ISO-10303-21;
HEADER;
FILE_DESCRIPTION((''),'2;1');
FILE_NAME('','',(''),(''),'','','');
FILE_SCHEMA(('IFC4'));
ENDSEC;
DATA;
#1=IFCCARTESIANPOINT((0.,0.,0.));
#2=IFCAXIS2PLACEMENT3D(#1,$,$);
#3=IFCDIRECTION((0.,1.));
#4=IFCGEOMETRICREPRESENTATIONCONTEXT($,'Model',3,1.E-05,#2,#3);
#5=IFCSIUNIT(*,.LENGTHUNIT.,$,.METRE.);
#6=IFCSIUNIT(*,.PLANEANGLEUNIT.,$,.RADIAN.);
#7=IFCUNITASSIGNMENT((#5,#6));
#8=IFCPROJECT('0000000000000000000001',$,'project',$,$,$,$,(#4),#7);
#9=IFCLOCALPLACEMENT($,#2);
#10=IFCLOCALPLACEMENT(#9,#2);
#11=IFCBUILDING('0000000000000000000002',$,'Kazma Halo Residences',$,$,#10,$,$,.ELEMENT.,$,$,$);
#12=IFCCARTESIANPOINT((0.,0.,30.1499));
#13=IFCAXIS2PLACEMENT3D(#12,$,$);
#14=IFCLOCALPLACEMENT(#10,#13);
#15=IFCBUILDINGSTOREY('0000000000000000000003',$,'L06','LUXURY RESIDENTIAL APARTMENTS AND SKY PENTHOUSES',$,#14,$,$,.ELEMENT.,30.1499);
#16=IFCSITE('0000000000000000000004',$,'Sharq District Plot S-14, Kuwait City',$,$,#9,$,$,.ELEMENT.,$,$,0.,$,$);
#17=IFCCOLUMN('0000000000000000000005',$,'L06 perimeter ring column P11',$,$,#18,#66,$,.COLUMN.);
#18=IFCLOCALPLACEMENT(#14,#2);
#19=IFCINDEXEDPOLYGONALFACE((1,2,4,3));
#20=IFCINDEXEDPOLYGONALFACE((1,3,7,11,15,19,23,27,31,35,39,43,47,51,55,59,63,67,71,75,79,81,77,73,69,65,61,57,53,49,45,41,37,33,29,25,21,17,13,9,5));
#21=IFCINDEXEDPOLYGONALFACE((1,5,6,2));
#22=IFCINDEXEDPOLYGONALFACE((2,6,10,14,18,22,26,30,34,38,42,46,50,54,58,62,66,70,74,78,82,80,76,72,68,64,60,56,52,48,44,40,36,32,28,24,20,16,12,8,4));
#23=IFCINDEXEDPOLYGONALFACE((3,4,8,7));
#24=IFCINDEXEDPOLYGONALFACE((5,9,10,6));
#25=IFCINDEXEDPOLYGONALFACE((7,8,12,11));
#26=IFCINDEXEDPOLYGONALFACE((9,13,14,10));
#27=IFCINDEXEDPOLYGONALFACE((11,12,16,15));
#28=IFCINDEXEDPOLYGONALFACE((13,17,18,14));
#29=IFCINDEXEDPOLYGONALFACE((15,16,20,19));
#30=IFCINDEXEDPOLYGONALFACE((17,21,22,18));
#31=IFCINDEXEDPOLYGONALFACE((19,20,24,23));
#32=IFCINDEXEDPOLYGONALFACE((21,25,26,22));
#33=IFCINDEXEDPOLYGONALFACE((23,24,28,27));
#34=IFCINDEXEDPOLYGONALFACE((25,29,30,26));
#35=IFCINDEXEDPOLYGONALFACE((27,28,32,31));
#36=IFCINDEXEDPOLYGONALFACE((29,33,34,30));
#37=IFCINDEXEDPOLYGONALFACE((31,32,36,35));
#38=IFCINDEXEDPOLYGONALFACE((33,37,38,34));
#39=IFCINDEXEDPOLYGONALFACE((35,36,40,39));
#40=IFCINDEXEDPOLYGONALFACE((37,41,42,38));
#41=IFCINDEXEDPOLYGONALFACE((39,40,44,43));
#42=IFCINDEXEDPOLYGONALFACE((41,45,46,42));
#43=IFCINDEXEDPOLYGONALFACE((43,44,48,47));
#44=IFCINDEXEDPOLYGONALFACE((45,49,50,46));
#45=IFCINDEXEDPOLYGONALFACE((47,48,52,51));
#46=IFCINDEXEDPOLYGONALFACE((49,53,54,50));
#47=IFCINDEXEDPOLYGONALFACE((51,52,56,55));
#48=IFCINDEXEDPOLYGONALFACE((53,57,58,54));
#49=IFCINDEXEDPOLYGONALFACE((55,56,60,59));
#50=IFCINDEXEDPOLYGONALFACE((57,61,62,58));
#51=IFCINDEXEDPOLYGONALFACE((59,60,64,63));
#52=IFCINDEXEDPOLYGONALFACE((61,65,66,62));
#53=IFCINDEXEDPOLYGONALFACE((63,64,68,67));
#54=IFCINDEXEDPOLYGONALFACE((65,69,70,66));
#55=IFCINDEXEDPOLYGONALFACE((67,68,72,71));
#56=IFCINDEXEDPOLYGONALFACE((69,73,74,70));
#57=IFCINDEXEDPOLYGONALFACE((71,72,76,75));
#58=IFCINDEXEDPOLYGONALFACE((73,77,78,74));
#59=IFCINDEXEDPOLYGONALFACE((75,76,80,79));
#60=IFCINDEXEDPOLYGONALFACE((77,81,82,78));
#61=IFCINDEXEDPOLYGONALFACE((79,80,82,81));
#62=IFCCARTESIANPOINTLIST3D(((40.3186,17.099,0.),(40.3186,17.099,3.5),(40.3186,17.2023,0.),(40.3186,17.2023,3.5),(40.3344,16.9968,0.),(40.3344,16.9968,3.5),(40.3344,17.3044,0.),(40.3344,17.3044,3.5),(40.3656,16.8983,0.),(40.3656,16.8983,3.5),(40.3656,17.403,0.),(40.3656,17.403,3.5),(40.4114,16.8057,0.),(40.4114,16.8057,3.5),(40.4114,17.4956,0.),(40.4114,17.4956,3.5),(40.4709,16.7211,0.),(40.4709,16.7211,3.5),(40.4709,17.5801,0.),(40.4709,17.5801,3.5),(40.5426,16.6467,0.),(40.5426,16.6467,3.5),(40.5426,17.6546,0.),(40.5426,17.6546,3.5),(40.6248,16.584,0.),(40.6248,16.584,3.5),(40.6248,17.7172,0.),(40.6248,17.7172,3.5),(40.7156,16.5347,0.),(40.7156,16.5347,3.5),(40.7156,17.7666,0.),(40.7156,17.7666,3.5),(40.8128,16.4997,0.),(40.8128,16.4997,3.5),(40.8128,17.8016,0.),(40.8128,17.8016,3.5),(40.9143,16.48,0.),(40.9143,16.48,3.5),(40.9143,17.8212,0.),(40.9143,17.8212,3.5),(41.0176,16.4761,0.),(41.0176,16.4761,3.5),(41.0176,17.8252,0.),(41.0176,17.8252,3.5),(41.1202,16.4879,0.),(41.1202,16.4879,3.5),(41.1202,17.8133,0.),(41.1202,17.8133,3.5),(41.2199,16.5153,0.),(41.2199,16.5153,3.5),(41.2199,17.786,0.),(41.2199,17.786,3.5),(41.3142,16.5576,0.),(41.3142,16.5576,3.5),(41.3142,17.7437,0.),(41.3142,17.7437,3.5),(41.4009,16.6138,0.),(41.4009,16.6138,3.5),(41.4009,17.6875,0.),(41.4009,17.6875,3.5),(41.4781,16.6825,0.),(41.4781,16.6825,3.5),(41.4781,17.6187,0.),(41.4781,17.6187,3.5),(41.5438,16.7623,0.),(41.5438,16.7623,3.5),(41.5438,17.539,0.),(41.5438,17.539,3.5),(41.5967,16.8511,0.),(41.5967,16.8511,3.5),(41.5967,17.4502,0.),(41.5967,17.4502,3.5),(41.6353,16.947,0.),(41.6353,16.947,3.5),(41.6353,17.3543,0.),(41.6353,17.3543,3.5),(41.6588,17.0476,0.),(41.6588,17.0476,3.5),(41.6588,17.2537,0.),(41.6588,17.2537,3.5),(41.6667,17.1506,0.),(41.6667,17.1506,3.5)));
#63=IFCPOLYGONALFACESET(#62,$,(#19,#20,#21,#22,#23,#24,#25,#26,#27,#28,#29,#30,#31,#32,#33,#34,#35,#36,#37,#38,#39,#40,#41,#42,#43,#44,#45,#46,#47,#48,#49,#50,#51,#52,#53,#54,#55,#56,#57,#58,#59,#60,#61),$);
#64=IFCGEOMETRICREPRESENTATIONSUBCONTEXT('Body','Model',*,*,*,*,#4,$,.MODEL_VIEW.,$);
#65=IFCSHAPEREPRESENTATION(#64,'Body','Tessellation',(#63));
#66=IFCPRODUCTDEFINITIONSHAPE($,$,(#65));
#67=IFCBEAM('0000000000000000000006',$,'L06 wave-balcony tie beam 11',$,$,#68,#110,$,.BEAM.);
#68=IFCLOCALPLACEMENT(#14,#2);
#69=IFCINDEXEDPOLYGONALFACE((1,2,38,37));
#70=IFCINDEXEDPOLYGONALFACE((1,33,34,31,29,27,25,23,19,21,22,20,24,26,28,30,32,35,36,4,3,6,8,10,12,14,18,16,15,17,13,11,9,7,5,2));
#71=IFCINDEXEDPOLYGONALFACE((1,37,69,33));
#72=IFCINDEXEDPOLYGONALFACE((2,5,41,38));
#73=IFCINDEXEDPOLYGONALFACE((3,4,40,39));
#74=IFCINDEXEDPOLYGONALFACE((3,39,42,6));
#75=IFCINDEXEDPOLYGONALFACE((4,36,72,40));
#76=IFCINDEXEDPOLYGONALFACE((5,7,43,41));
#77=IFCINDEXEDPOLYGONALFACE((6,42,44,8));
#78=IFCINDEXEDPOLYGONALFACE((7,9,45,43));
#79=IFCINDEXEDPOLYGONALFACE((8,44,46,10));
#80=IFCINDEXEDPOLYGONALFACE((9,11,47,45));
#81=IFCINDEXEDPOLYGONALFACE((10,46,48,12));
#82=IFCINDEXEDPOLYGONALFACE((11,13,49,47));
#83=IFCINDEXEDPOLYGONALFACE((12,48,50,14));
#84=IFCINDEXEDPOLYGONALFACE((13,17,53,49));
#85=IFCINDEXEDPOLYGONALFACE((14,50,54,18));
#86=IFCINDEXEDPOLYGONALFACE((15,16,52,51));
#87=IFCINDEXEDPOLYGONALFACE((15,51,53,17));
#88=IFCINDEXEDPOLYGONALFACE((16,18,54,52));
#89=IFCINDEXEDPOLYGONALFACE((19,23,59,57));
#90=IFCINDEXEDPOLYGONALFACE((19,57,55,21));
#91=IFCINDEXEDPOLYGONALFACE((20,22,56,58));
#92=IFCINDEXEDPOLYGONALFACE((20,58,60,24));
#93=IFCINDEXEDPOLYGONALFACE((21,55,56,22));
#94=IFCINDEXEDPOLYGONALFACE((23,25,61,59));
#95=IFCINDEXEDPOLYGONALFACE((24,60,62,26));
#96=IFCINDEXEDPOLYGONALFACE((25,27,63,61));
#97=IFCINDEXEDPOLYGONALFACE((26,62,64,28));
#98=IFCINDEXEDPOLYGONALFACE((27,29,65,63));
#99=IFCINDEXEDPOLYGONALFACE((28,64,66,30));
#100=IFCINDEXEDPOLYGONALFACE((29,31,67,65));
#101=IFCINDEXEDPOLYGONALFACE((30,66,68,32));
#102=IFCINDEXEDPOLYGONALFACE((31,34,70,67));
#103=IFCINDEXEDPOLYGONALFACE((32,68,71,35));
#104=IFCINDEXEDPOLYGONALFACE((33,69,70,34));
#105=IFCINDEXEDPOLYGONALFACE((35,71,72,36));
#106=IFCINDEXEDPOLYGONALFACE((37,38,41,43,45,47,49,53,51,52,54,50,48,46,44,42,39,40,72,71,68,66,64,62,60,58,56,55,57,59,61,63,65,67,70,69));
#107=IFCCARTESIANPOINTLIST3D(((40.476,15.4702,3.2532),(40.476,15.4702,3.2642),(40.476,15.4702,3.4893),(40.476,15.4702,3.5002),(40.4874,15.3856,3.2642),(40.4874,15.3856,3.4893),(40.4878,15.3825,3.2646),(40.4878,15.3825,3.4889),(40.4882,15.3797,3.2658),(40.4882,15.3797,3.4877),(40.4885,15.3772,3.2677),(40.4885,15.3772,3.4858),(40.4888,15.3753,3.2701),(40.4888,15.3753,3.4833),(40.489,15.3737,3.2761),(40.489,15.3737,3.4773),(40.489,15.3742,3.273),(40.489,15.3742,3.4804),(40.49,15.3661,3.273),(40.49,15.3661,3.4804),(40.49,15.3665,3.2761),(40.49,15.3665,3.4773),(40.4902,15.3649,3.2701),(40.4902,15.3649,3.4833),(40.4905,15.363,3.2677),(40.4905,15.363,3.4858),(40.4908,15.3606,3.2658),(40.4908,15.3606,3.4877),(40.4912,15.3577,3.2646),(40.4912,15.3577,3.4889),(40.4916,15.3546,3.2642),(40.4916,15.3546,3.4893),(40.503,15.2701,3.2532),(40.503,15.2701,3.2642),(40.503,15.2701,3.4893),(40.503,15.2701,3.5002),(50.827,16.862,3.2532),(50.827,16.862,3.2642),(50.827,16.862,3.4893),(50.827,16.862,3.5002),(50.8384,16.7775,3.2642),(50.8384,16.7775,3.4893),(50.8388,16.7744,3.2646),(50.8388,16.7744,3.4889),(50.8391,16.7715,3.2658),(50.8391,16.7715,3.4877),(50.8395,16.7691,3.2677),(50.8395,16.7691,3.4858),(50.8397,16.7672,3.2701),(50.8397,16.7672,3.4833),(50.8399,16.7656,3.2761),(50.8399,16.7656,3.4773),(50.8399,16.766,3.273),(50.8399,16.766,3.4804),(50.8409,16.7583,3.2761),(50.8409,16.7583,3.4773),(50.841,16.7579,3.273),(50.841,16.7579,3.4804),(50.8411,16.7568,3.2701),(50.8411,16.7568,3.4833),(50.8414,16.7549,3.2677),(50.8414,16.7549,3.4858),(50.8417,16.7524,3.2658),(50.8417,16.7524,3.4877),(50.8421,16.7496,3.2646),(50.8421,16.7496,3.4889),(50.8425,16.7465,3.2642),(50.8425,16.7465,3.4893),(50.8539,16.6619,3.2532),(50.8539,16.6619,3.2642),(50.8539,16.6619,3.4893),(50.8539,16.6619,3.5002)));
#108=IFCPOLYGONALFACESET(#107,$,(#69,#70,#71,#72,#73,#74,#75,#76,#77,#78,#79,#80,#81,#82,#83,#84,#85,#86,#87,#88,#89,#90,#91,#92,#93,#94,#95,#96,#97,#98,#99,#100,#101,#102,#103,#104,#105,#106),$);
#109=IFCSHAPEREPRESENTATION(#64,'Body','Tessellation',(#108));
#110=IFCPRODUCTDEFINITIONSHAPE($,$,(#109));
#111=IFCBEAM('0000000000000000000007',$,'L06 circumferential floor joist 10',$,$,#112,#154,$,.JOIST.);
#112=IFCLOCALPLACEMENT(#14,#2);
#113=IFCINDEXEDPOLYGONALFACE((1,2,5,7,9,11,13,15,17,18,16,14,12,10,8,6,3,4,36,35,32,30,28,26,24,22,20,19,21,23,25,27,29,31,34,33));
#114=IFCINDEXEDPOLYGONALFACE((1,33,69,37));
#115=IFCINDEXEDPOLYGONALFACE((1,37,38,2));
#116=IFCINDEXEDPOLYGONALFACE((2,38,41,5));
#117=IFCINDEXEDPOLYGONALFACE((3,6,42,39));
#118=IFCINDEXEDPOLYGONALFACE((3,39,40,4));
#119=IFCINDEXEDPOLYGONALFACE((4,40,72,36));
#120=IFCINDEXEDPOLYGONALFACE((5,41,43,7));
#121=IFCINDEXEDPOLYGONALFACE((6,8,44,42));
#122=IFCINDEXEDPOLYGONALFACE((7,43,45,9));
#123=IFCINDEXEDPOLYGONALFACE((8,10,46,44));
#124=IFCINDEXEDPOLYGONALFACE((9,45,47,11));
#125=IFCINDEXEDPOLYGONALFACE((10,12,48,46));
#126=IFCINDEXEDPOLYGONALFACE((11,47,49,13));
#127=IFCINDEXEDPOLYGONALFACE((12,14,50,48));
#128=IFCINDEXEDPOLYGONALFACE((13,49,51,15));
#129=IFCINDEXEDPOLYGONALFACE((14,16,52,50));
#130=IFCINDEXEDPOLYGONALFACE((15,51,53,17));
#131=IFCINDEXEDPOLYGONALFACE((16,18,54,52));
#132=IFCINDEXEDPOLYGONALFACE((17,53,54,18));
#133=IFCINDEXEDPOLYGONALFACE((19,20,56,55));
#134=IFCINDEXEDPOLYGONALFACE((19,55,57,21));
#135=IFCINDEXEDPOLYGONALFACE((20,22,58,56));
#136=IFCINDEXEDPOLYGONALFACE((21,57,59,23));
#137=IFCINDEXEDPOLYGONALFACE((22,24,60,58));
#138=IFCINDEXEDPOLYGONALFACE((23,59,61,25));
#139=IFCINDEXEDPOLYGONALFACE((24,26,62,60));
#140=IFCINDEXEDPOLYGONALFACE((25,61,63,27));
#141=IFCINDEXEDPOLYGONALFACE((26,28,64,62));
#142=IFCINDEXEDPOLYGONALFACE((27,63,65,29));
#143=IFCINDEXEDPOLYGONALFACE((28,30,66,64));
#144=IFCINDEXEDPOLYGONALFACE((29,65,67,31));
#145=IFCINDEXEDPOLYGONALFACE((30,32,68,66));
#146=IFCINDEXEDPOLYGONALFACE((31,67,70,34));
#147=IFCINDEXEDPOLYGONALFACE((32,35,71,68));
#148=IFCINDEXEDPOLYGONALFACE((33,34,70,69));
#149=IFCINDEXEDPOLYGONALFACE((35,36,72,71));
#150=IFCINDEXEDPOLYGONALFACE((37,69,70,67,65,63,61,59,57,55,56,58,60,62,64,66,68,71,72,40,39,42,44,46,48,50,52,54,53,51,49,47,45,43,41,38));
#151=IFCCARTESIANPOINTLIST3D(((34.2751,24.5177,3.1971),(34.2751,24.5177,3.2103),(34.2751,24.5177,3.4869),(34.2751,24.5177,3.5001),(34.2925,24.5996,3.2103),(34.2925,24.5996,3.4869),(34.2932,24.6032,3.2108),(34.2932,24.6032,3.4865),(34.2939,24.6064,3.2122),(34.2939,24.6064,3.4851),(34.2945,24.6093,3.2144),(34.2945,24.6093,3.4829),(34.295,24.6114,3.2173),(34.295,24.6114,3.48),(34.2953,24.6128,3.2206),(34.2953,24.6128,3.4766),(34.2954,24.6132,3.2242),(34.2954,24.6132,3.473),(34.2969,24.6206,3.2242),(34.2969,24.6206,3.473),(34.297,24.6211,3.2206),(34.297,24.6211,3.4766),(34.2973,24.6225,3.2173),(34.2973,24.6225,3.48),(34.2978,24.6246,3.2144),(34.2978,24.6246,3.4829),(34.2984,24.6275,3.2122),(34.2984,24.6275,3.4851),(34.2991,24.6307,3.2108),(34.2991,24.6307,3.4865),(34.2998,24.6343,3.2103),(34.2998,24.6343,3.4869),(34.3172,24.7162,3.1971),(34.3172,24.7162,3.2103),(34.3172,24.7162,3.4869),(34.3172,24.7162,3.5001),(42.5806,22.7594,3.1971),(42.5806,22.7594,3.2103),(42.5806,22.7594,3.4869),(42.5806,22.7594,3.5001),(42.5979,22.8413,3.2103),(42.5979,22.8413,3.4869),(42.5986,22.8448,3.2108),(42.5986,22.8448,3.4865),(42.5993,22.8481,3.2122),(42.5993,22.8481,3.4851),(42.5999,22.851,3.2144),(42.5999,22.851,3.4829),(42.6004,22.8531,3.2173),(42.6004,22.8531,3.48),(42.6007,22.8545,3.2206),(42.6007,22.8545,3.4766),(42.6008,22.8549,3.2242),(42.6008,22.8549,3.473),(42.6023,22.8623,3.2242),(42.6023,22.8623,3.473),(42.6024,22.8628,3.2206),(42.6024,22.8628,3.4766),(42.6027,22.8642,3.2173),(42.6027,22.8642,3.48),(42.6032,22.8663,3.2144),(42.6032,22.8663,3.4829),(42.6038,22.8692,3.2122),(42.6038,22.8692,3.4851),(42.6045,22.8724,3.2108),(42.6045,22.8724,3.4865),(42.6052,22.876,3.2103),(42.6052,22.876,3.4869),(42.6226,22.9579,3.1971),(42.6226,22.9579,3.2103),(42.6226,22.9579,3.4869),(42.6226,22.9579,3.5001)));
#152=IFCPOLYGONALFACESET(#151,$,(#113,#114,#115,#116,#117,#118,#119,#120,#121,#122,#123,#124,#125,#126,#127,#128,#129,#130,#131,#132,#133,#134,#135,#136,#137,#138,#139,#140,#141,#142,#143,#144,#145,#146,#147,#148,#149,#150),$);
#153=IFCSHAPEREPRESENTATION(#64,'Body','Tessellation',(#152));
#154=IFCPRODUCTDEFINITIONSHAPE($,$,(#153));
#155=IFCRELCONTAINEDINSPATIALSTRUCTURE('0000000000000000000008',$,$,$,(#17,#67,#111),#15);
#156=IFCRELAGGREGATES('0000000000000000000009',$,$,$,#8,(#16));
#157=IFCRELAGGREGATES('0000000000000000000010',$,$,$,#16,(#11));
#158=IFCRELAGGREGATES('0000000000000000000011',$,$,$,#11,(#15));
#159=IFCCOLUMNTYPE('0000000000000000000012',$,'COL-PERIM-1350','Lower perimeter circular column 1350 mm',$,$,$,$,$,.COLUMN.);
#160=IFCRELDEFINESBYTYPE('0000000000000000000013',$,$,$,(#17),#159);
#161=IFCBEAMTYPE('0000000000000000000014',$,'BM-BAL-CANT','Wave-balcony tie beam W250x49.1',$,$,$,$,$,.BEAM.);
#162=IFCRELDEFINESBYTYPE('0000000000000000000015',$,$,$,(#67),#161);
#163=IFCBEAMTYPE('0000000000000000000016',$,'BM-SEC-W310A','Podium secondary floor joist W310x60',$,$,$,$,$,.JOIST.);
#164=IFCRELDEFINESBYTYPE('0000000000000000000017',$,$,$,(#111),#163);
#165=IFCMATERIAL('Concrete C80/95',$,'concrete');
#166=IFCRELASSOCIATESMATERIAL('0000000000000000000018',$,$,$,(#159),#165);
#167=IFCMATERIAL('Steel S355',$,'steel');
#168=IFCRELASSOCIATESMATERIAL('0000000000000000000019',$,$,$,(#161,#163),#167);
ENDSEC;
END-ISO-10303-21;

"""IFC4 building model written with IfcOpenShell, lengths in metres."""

from ifc_helpers import new_model, si_unit, direction, frame, origin, origin_2d, place, context, subcontext, project, spatial, circle, i_section, extrude, material, material_profile, profile_set, type_object, element, save


model = new_model("IFC4")

# Units and contexts
model_context = context("Model", 3, precision=1e-05, world=origin(), true_north=direction((0.0, 1.0)))
body_context = subcontext(model_context, "Body", "Model", "MODEL_VIEW")
ifc_project = project(units=[si_unit("LENGTHUNIT", "METRE"), si_unit("PLANEANGLEUNIT", "RADIAN")], contexts=[model_context])

# Site, building, storey
site_placement = place(None, origin())
site = spatial("IfcSite", under=ifc_project, at=site_placement, Name="Sharq District Plot S-14, Kuwait City", CompositionType="ELEMENT", RefElevation=0.0)
building_placement = place(site_placement, origin())
building = spatial("IfcBuilding", under=site, at=building_placement, Name="Kazma Halo Residences", CompositionType="ELEMENT")
storey_placement = place(building_placement, frame((0.0, 0.0, 30.1499)))
storey = spatial("IfcBuildingStorey", under=building, at=storey_placement, Name="L06", Description="LUXURY RESIDENTIAL APARTMENTS AND SKY PENTHOUSES", CompositionType="ELEMENT", Elevation=30.1499)

# Column
ifc_material_1 = material(Name="Concrete C80/95", Category="concrete")
ifc_material_profile_1 = material_profile(ifc_material_1, circle(Radius=0.675, at=origin_2d()), Name="CIRC1350")
ifc_profile_set_1 = profile_set([ifc_material_profile_1], Name="Concrete C80/95")
column_type = type_object("IfcColumnType", Name="COL-PERIM-1350", Description="Lower perimeter circular column 1350 mm", PredefinedType="COLUMN", material=ifc_profile_set_1)
column_placement = place(storey_placement, frame((40.9917, 17.1506, 0.0), z_axis=(0.0, 0.0, 1.0), x_axis=(1.0, 0.0, 0.0)))
element("IfcColumn", 1, at=column_placement, inside=storey, type_object=column_type, Name="L06 perimeter ring column P11", PredefinedType="COLUMN", context=body_context, shape_type="SweptSolid", body=[
    extrude(circle(Radius=0.675, at=origin_2d()), origin(), (0.0, 0.0, 1.0), 3.5),
])

# Beams
ifc_material_2 = material(Name="Steel S355", Category="steel")
ifc_material_profile_2 = material_profile(ifc_material_2, i_section(OverallWidth=0.2019, OverallDepth=0.2471, WebThickness=0.0073, FlangeThickness=0.011, FilletRadius=0.012, at=origin_2d()), Name="W250x49.1")
ifc_profile_set_2 = profile_set([ifc_material_profile_2], Name="Steel S355")
beam_type_1 = type_object("IfcBeamType", Name="BM-BAL-CANT", Description="Wave-balcony tie beam W250x49.1", PredefinedType="BEAM", material=ifc_profile_set_2)
beam_1_placement = place(storey_placement, frame((40.4895, 15.3701, 3.3767), z_axis=(0.99108, 0.133268, 0.0), x_axis=(-0.133268, 0.99108, 0.0)))
element("IfcBeam", 2, at=beam_1_placement, inside=storey, type_object=beam_type_1, Name="L06 wave-balcony tie beam 11", PredefinedType="BEAM", context=body_context, shape_type="SweptSolid", body=[
    extrude(i_section(OverallWidth=0.2019, OverallDepth=0.2471, WebThickness=0.0073, FlangeThickness=0.011, FilletRadius=0.012, at=origin_2d()), origin(), (0.0, 0.0, 1.0), 10.4441),
])
ifc_material_profile_3 = material_profile(ifc_material_2, i_section(OverallWidth=0.2029, OverallDepth=0.303, WebThickness=0.0076, FlangeThickness=0.0132, FilletRadius=0.0139, at=origin_2d()), Name="W310x60")
ifc_profile_set_3 = profile_set([ifc_material_profile_3], Name="Steel S355")
beam_type_2 = type_object("IfcBeamType", Name="BM-SEC-W310A", Description="Podium secondary floor joist W310x60", PredefinedType="JOIST", material=ifc_profile_set_3)
beam_2_placement = place(storey_placement, frame((34.2961, 24.6169, 3.3486), z_axis=(0.978317, -0.207115, 0.0), x_axis=(0.207115, 0.978317, 0.0)))
element("IfcBeam", 3, at=beam_2_placement, inside=storey, type_object=beam_type_2, Name="L06 circumferential floor joist 10", PredefinedType="JOIST", context=body_context, shape_type="SweptSolid", body=[
    extrude(i_section(OverallWidth=0.2029, OverallDepth=0.303, WebThickness=0.0076, FlangeThickness=0.0132, FilletRadius=0.0139, at=origin_2d()), origin(), (0.0, 0.0, 1.0), 8.4895),
])

save(model, "model.ifc")
